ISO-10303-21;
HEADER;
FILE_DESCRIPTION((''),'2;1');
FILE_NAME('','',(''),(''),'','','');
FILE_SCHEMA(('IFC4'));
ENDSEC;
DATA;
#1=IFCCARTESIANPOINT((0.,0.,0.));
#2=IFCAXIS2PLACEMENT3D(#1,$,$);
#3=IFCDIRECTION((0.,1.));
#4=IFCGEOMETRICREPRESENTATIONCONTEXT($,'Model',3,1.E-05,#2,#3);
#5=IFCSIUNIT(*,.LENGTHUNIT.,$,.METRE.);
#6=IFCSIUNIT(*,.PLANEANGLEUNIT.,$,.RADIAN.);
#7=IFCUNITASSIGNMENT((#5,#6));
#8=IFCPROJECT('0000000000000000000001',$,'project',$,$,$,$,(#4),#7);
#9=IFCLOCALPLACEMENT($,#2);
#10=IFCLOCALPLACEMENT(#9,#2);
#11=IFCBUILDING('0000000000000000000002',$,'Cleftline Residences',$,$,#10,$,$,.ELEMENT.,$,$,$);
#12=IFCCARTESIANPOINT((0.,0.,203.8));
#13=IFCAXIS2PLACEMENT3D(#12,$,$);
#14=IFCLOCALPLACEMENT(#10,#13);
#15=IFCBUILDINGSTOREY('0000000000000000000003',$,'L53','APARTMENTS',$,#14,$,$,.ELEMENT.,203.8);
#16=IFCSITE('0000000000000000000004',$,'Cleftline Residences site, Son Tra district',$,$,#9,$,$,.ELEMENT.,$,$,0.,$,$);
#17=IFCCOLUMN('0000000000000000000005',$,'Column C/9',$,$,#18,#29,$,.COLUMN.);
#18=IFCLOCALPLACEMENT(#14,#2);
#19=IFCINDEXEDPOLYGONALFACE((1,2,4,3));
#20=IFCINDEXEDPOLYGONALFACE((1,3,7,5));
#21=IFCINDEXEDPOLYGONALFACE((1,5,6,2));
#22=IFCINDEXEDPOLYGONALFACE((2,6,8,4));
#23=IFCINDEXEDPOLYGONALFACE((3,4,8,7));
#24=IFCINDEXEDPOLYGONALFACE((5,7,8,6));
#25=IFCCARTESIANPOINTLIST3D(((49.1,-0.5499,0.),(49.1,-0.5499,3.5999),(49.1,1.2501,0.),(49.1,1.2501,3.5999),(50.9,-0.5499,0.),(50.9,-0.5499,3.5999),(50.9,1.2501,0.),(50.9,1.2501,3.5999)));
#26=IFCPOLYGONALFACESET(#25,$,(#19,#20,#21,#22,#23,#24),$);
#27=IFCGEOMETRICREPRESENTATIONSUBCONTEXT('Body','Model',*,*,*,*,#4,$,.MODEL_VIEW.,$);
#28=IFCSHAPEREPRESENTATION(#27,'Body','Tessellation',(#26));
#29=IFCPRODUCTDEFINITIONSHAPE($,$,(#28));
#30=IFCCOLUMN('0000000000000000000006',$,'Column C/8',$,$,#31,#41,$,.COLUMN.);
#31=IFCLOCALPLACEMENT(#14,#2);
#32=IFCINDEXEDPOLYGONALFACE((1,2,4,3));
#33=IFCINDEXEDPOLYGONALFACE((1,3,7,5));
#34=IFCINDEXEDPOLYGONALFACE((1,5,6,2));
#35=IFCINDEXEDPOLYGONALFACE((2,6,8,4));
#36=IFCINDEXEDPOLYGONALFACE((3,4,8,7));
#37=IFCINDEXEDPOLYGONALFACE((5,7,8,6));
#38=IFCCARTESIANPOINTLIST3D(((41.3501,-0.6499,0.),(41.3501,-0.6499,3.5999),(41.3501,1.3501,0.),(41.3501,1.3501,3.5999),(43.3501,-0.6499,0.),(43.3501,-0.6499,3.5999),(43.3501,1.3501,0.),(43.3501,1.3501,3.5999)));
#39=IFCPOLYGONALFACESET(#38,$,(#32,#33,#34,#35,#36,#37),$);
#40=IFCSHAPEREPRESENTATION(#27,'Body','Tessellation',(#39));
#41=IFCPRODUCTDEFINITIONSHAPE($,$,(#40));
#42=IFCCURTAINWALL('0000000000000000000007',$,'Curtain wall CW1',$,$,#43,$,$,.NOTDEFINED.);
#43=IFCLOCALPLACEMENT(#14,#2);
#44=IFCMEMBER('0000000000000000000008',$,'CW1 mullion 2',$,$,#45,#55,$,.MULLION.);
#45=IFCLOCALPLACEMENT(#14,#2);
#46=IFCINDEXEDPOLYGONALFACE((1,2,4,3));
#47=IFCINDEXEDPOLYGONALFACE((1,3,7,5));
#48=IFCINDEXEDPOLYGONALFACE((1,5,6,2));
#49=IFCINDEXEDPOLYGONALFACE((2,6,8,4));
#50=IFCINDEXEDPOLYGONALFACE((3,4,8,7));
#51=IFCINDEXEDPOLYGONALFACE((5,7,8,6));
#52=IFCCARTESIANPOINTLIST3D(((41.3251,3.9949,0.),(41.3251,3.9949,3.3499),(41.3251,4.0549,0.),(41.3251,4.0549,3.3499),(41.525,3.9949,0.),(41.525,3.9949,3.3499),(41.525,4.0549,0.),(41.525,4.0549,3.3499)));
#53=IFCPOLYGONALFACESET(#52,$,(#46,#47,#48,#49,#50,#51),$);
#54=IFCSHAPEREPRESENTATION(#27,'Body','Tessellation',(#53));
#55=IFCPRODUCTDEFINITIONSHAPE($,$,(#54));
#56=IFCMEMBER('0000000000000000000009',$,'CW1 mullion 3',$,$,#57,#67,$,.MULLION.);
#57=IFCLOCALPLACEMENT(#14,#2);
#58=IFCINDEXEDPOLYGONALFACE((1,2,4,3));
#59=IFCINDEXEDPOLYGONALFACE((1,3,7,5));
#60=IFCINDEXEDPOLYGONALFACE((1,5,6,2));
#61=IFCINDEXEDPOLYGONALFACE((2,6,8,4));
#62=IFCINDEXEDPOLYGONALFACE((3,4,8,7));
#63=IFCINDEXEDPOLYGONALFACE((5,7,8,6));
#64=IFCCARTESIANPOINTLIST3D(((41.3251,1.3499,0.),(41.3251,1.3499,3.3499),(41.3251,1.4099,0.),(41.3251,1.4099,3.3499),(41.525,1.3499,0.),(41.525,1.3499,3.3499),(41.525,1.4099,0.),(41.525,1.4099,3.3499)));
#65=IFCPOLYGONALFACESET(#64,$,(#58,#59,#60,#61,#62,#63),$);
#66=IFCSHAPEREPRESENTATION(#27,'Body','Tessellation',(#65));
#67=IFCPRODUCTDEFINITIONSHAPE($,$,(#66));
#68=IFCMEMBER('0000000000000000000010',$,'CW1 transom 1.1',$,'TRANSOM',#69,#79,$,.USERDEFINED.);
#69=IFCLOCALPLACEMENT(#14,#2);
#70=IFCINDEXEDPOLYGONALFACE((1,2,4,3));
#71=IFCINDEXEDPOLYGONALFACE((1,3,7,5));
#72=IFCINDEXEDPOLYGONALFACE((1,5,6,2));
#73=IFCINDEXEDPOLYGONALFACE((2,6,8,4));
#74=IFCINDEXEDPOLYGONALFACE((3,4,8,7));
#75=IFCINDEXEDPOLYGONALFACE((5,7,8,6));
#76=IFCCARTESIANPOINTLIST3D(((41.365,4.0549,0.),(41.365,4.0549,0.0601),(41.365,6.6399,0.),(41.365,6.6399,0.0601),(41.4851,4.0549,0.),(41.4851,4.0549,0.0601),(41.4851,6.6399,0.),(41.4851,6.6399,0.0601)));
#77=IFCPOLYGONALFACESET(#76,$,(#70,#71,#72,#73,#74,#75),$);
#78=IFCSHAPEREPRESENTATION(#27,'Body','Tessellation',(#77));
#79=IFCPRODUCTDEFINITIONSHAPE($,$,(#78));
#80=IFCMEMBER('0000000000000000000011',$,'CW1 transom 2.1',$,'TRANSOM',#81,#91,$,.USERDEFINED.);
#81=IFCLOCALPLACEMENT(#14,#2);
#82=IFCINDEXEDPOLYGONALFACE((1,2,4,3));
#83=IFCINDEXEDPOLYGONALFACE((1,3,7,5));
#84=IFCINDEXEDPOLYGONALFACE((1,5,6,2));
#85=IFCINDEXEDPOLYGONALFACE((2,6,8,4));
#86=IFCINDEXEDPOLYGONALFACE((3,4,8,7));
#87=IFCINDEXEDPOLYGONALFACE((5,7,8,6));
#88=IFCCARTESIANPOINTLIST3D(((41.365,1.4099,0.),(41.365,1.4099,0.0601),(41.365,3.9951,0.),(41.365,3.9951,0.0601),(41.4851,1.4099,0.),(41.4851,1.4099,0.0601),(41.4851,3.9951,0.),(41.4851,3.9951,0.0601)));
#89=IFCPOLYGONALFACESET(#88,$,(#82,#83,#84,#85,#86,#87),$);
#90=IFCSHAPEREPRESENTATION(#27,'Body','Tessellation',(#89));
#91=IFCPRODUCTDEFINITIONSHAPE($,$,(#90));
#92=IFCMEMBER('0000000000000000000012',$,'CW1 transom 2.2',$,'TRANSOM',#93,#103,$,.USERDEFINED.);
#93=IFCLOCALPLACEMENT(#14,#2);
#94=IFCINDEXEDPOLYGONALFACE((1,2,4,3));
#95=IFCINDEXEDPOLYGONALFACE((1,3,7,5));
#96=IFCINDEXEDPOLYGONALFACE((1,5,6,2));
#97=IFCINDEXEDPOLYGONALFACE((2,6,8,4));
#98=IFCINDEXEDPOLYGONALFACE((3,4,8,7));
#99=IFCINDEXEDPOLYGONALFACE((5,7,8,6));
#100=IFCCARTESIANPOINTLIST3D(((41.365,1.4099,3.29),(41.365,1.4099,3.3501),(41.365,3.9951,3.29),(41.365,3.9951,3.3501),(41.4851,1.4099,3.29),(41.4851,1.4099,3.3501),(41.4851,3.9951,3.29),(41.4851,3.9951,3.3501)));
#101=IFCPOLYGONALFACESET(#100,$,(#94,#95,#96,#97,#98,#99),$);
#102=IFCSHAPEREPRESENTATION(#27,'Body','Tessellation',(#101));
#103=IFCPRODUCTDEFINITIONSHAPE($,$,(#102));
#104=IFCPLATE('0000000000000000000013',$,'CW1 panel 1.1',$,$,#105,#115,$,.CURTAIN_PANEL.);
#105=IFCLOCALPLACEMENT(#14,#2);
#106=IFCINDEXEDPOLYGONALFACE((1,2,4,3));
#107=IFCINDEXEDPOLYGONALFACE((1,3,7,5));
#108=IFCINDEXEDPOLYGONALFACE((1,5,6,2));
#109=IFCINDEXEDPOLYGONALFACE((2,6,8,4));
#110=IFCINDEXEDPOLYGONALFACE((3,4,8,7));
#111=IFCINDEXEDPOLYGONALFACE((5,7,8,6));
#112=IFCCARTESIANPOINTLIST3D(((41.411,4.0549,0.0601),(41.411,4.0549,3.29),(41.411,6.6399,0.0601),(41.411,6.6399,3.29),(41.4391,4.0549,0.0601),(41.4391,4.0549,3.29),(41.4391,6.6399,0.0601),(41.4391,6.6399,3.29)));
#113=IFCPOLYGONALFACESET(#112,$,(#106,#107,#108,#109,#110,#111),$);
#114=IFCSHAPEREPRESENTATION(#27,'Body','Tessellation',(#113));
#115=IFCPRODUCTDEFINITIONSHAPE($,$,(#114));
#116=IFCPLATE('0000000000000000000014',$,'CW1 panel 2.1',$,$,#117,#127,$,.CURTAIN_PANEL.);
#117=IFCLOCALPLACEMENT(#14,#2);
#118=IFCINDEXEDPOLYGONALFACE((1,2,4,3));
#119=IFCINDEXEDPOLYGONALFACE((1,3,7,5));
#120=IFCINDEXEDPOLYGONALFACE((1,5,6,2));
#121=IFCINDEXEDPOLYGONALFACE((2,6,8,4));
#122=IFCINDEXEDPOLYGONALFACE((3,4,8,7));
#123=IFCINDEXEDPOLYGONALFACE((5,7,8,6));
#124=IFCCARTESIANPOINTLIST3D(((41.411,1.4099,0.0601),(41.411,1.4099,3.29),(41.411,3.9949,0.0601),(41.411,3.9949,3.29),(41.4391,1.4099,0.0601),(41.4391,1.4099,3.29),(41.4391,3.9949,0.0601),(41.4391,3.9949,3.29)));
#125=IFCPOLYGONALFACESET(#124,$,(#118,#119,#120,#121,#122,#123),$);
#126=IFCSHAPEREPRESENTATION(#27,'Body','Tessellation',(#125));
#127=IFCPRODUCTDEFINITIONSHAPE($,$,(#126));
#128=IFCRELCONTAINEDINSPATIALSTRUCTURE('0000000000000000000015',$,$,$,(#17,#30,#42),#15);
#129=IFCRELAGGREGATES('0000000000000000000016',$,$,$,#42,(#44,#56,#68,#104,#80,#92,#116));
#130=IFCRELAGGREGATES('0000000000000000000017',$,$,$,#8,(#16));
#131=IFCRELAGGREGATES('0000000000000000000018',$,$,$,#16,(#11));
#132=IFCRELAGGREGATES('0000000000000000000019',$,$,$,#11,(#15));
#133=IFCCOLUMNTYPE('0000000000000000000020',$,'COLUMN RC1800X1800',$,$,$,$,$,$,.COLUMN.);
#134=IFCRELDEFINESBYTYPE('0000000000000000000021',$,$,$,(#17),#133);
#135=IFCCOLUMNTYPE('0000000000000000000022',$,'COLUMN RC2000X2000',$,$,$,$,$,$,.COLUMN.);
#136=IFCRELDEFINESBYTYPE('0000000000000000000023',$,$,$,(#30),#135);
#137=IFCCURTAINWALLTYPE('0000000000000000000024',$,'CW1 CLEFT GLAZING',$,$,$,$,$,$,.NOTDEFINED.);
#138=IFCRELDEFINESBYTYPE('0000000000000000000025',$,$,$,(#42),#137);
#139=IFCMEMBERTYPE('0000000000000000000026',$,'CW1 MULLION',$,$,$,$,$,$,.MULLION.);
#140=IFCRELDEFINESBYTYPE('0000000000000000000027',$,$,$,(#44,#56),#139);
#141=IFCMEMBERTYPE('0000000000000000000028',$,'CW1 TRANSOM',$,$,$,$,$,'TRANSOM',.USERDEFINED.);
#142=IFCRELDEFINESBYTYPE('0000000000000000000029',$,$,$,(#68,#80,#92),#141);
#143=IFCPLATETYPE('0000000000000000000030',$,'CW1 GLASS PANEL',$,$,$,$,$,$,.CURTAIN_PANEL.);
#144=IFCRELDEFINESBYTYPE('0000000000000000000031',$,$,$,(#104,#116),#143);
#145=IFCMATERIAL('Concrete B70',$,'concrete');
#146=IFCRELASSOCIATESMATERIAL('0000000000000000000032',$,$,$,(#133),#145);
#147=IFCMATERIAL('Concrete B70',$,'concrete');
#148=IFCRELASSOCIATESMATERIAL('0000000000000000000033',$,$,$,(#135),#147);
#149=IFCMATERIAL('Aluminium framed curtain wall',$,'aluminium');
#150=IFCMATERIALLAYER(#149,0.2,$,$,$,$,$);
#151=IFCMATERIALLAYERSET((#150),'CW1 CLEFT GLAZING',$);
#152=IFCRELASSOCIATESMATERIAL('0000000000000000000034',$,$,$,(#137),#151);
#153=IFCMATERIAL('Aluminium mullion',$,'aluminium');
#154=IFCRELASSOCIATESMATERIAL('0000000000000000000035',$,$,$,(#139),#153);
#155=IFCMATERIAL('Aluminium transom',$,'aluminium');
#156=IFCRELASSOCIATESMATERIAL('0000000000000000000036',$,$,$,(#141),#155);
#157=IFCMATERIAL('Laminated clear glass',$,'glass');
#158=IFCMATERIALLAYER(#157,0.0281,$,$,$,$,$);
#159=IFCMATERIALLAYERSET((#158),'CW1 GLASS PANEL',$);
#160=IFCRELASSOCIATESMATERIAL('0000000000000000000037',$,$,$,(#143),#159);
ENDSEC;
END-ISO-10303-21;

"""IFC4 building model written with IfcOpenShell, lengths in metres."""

from ifc_helpers import new_model, si_unit, direction, frame, origin, origin_2d, place, context, subcontext, project, spatial, rectangle, extrude, material, layer, layer_set, material_profile, profile_set, type_object, element, aggregate, save


model = new_model("IFC4")

# Units and contexts
model_context = context("Model", 3, precision=1e-05, world=origin(), true_north=direction((0.0, 1.0)))
body_context = subcontext(model_context, "Body", "Model", "MODEL_VIEW")
ifc_project = project(units=[si_unit("LENGTHUNIT", "METRE"), si_unit("PLANEANGLEUNIT", "RADIAN")], contexts=[model_context])

# Site, building, storey
site_placement = place(None, origin())
site = spatial("IfcSite", under=ifc_project, at=site_placement, Name="Cleftline Residences site, Son Tra district", CompositionType="ELEMENT", RefElevation=0.0)
building_placement = place(site_placement, origin())
building = spatial("IfcBuilding", under=site, at=building_placement, Name="Cleftline Residences", CompositionType="ELEMENT")
storey_placement = place(building_placement, frame((0.0, 0.0, 203.8)))
storey = spatial("IfcBuildingStorey", under=building, at=storey_placement, Name="L53", Description="APARTMENTS", CompositionType="ELEMENT", Elevation=203.8)

# Columns
ifc_material_1 = material(Name="Concrete B70", Category="concrete")
ifc_material_profile_1 = material_profile(ifc_material_1, rectangle(XDim=1.8, YDim=1.8, at=origin_2d()))
ifc_profile_set_1 = profile_set([ifc_material_profile_1], Name="Concrete B70")
column_type_1 = type_object("IfcColumnType", Name="COLUMN RC1800X1800", PredefinedType="COLUMN", material=ifc_profile_set_1)
column_1_placement = place(storey_placement, frame((50.0, 0.3501, 0.0), z_axis=(0.0, 0.0, 1.0), x_axis=(1.0, 0.0, 0.0)))
element("IfcColumn", 1, at=column_1_placement, inside=storey, type_object=column_type_1, Name="Column C/9", PredefinedType="COLUMN", context=body_context, shape_type="SweptSolid", body=[
    extrude(rectangle(XDim=1.8, YDim=1.8, at=origin_2d()), origin(), (0.0, 0.0, 1.0), 3.5999),
])
ifc_material_2 = material(Name="Concrete B70", Category="concrete")
ifc_material_profile_2 = material_profile(ifc_material_2, rectangle(XDim=2.0, YDim=2.0, at=origin_2d()))
ifc_profile_set_2 = profile_set([ifc_material_profile_2], Name="Concrete B70")
column_type_2 = type_object("IfcColumnType", Name="COLUMN RC2000X2000", PredefinedType="COLUMN", material=ifc_profile_set_2)
column_2_placement = place(storey_placement, frame((42.3501, 0.3501, 0.0), z_axis=(0.0, 0.0, 1.0), x_axis=(1.0, 0.0, 0.0)))
element("IfcColumn", 2, at=column_2_placement, inside=storey, type_object=column_type_2, Name="Column C/8", PredefinedType="COLUMN", context=body_context, shape_type="SweptSolid", body=[
    extrude(rectangle(XDim=2.0, YDim=2.0, at=origin_2d()), origin(), (0.0, 0.0, 1.0), 3.5999),
])

# Curtain wall, members, plates
ifc_material_3 = material(Name="Aluminium framed curtain wall", Category="aluminium")
ifc_layer_1 = layer(ifc_material_3, 0.2)
ifc_layer_set_1 = layer_set([ifc_layer_1], Name="CW1 CLEFT GLAZING")
curtain_wall_type = type_object("IfcCurtainWallType", Name="CW1 CLEFT GLAZING", PredefinedType="NOTDEFINED", material=ifc_layer_set_1)
curtain_wall_placement = place(storey_placement, origin())
curtain_wall = element("IfcCurtainWall", 3, at=curtain_wall_placement, inside=storey, type_object=curtain_wall_type, Name="Curtain wall CW1", PredefinedType="NOTDEFINED")
ifc_material_4 = material(Name="Aluminium mullion", Category="aluminium")
ifc_material_profile_3 = material_profile(ifc_material_4, rectangle(XDim=0.2, YDim=0.0601, at=origin_2d()))
ifc_profile_set_3 = profile_set([ifc_material_profile_3], Name="Aluminium mullion")
member_type_1 = type_object("IfcMemberType", Name="CW1 MULLION", PredefinedType="MULLION", material=ifc_profile_set_3)
member_1_placement = place(storey_placement, frame((41.425, 4.0249, 0.0), z_axis=(0.0, 0.0, 1.0), x_axis=(1.0, 0.0, 0.0)))
member_1 = element("IfcMember", 4, at=member_1_placement, type_object=member_type_1, Name="CW1 mullion 2", PredefinedType="MULLION", context=body_context, shape_type="SweptSolid", body=[
    extrude(rectangle(XDim=0.2, YDim=0.0601, at=origin_2d()), origin(), (0.0, 0.0, 1.0), 3.3499),
])
member_2_placement = place(storey_placement, frame((41.425, 1.3799, 0.0), z_axis=(0.0, 0.0, 1.0), x_axis=(1.0, 0.0, 0.0)))
member_2 = element("IfcMember", 5, at=member_2_placement, type_object=member_type_1, Name="CW1 mullion 3", PredefinedType="MULLION", context=body_context, shape_type="SweptSolid", body=[
    extrude(rectangle(XDim=0.2, YDim=0.0601, at=origin_2d()), origin(), (0.0, 0.0, 1.0), 3.3499),
])
ifc_material_5 = material(Name="Aluminium transom", Category="aluminium")
ifc_material_profile_4 = material_profile(ifc_material_5, rectangle(XDim=0.1201, YDim=0.0601, at=origin_2d()))
ifc_profile_set_4 = profile_set([ifc_material_profile_4], Name="Aluminium transom")
member_type_2 = type_object("IfcMemberType", Name="CW1 TRANSOM", ElementType="TRANSOM", PredefinedType="USERDEFINED", material=ifc_profile_set_4)
member_3_placement = place(storey_placement, frame((41.425, 6.6399, 0.03), z_axis=(0.0, -1.0, 0.0), x_axis=(1.0, 0.0, 0.0)))
member_3 = element("IfcMember", 6, at=member_3_placement, type_object=member_type_2, Name="CW1 transom 1.1", ObjectType="TRANSOM", PredefinedType="USERDEFINED", context=body_context, shape_type="SweptSolid", body=[
    extrude(rectangle(XDim=0.1201, YDim=0.0601, at=origin_2d()), origin(), (0.0, 0.0, 1.0), 2.585),
])
member_4_placement = place(storey_placement, frame((41.425, 3.9951, 0.03), z_axis=(0.0, -1.0, 0.0), x_axis=(1.0, 0.0, 0.0)))
member_4 = element("IfcMember", 7, at=member_4_placement, type_object=member_type_2, Name="CW1 transom 2.1", ObjectType="TRANSOM", PredefinedType="USERDEFINED", context=body_context, shape_type="SweptSolid", body=[
    extrude(rectangle(XDim=0.1201, YDim=0.0601, at=origin_2d()), origin(), (0.0, 0.0, 1.0), 2.5852),
])
member_5_placement = place(storey_placement, frame((41.425, 3.9951, 3.3201), z_axis=(0.0, -1.0, 0.0), x_axis=(1.0, 0.0, 0.0)))
member_5 = element("IfcMember", 8, at=member_5_placement, type_object=member_type_2, Name="CW1 transom 2.2", ObjectType="TRANSOM", PredefinedType="USERDEFINED", context=body_context, shape_type="SweptSolid", body=[
    extrude(rectangle(XDim=0.1201, YDim=0.0601, at=origin_2d()), origin(), (0.0, 0.0, 1.0), 2.5852),
])
ifc_material_6 = material(Name="Laminated clear glass", Category="glass")
ifc_layer_2 = layer(ifc_material_6, 0.0281)
ifc_layer_set_2 = layer_set([ifc_layer_2], Name="CW1 GLASS PANEL")
plate_type = type_object("IfcPlateType", Name="CW1 GLASS PANEL", PredefinedType="CURTAIN_PANEL", material=ifc_layer_set_2)
plate_1_placement = place(storey_placement, frame((41.425, 5.3474, 0.0601), z_axis=(0.0, 0.0, 1.0), x_axis=(0.0, -1.0, 0.0)))
plate_1 = element("IfcPlate", 9, at=plate_1_placement, type_object=plate_type, Name="CW1 panel 1.1", PredefinedType="CURTAIN_PANEL", context=body_context, shape_type="SweptSolid", body=[
    extrude(rectangle(XDim=2.585, YDim=0.0281, at=origin_2d()), origin(), (0.0, 0.0, 1.0), 3.23),
])
plate_2_placement = place(storey_placement, frame((41.425, 2.7024, 0.0601), z_axis=(0.0, 0.0, 1.0), x_axis=(0.0, -1.0, 0.0)))
plate_2 = element("IfcPlate", 10, at=plate_2_placement, type_object=plate_type, Name="CW1 panel 2.1", PredefinedType="CURTAIN_PANEL", context=body_context, shape_type="SweptSolid", body=[
    extrude(rectangle(XDim=2.585, YDim=0.0281, at=origin_2d()), origin(), (0.0, 0.0, 1.0), 3.23),
])
aggregate(curtain_wall, [member_1, member_2, member_3, plate_1, member_4, member_5, plate_2])

save(model, "model.ifc")
